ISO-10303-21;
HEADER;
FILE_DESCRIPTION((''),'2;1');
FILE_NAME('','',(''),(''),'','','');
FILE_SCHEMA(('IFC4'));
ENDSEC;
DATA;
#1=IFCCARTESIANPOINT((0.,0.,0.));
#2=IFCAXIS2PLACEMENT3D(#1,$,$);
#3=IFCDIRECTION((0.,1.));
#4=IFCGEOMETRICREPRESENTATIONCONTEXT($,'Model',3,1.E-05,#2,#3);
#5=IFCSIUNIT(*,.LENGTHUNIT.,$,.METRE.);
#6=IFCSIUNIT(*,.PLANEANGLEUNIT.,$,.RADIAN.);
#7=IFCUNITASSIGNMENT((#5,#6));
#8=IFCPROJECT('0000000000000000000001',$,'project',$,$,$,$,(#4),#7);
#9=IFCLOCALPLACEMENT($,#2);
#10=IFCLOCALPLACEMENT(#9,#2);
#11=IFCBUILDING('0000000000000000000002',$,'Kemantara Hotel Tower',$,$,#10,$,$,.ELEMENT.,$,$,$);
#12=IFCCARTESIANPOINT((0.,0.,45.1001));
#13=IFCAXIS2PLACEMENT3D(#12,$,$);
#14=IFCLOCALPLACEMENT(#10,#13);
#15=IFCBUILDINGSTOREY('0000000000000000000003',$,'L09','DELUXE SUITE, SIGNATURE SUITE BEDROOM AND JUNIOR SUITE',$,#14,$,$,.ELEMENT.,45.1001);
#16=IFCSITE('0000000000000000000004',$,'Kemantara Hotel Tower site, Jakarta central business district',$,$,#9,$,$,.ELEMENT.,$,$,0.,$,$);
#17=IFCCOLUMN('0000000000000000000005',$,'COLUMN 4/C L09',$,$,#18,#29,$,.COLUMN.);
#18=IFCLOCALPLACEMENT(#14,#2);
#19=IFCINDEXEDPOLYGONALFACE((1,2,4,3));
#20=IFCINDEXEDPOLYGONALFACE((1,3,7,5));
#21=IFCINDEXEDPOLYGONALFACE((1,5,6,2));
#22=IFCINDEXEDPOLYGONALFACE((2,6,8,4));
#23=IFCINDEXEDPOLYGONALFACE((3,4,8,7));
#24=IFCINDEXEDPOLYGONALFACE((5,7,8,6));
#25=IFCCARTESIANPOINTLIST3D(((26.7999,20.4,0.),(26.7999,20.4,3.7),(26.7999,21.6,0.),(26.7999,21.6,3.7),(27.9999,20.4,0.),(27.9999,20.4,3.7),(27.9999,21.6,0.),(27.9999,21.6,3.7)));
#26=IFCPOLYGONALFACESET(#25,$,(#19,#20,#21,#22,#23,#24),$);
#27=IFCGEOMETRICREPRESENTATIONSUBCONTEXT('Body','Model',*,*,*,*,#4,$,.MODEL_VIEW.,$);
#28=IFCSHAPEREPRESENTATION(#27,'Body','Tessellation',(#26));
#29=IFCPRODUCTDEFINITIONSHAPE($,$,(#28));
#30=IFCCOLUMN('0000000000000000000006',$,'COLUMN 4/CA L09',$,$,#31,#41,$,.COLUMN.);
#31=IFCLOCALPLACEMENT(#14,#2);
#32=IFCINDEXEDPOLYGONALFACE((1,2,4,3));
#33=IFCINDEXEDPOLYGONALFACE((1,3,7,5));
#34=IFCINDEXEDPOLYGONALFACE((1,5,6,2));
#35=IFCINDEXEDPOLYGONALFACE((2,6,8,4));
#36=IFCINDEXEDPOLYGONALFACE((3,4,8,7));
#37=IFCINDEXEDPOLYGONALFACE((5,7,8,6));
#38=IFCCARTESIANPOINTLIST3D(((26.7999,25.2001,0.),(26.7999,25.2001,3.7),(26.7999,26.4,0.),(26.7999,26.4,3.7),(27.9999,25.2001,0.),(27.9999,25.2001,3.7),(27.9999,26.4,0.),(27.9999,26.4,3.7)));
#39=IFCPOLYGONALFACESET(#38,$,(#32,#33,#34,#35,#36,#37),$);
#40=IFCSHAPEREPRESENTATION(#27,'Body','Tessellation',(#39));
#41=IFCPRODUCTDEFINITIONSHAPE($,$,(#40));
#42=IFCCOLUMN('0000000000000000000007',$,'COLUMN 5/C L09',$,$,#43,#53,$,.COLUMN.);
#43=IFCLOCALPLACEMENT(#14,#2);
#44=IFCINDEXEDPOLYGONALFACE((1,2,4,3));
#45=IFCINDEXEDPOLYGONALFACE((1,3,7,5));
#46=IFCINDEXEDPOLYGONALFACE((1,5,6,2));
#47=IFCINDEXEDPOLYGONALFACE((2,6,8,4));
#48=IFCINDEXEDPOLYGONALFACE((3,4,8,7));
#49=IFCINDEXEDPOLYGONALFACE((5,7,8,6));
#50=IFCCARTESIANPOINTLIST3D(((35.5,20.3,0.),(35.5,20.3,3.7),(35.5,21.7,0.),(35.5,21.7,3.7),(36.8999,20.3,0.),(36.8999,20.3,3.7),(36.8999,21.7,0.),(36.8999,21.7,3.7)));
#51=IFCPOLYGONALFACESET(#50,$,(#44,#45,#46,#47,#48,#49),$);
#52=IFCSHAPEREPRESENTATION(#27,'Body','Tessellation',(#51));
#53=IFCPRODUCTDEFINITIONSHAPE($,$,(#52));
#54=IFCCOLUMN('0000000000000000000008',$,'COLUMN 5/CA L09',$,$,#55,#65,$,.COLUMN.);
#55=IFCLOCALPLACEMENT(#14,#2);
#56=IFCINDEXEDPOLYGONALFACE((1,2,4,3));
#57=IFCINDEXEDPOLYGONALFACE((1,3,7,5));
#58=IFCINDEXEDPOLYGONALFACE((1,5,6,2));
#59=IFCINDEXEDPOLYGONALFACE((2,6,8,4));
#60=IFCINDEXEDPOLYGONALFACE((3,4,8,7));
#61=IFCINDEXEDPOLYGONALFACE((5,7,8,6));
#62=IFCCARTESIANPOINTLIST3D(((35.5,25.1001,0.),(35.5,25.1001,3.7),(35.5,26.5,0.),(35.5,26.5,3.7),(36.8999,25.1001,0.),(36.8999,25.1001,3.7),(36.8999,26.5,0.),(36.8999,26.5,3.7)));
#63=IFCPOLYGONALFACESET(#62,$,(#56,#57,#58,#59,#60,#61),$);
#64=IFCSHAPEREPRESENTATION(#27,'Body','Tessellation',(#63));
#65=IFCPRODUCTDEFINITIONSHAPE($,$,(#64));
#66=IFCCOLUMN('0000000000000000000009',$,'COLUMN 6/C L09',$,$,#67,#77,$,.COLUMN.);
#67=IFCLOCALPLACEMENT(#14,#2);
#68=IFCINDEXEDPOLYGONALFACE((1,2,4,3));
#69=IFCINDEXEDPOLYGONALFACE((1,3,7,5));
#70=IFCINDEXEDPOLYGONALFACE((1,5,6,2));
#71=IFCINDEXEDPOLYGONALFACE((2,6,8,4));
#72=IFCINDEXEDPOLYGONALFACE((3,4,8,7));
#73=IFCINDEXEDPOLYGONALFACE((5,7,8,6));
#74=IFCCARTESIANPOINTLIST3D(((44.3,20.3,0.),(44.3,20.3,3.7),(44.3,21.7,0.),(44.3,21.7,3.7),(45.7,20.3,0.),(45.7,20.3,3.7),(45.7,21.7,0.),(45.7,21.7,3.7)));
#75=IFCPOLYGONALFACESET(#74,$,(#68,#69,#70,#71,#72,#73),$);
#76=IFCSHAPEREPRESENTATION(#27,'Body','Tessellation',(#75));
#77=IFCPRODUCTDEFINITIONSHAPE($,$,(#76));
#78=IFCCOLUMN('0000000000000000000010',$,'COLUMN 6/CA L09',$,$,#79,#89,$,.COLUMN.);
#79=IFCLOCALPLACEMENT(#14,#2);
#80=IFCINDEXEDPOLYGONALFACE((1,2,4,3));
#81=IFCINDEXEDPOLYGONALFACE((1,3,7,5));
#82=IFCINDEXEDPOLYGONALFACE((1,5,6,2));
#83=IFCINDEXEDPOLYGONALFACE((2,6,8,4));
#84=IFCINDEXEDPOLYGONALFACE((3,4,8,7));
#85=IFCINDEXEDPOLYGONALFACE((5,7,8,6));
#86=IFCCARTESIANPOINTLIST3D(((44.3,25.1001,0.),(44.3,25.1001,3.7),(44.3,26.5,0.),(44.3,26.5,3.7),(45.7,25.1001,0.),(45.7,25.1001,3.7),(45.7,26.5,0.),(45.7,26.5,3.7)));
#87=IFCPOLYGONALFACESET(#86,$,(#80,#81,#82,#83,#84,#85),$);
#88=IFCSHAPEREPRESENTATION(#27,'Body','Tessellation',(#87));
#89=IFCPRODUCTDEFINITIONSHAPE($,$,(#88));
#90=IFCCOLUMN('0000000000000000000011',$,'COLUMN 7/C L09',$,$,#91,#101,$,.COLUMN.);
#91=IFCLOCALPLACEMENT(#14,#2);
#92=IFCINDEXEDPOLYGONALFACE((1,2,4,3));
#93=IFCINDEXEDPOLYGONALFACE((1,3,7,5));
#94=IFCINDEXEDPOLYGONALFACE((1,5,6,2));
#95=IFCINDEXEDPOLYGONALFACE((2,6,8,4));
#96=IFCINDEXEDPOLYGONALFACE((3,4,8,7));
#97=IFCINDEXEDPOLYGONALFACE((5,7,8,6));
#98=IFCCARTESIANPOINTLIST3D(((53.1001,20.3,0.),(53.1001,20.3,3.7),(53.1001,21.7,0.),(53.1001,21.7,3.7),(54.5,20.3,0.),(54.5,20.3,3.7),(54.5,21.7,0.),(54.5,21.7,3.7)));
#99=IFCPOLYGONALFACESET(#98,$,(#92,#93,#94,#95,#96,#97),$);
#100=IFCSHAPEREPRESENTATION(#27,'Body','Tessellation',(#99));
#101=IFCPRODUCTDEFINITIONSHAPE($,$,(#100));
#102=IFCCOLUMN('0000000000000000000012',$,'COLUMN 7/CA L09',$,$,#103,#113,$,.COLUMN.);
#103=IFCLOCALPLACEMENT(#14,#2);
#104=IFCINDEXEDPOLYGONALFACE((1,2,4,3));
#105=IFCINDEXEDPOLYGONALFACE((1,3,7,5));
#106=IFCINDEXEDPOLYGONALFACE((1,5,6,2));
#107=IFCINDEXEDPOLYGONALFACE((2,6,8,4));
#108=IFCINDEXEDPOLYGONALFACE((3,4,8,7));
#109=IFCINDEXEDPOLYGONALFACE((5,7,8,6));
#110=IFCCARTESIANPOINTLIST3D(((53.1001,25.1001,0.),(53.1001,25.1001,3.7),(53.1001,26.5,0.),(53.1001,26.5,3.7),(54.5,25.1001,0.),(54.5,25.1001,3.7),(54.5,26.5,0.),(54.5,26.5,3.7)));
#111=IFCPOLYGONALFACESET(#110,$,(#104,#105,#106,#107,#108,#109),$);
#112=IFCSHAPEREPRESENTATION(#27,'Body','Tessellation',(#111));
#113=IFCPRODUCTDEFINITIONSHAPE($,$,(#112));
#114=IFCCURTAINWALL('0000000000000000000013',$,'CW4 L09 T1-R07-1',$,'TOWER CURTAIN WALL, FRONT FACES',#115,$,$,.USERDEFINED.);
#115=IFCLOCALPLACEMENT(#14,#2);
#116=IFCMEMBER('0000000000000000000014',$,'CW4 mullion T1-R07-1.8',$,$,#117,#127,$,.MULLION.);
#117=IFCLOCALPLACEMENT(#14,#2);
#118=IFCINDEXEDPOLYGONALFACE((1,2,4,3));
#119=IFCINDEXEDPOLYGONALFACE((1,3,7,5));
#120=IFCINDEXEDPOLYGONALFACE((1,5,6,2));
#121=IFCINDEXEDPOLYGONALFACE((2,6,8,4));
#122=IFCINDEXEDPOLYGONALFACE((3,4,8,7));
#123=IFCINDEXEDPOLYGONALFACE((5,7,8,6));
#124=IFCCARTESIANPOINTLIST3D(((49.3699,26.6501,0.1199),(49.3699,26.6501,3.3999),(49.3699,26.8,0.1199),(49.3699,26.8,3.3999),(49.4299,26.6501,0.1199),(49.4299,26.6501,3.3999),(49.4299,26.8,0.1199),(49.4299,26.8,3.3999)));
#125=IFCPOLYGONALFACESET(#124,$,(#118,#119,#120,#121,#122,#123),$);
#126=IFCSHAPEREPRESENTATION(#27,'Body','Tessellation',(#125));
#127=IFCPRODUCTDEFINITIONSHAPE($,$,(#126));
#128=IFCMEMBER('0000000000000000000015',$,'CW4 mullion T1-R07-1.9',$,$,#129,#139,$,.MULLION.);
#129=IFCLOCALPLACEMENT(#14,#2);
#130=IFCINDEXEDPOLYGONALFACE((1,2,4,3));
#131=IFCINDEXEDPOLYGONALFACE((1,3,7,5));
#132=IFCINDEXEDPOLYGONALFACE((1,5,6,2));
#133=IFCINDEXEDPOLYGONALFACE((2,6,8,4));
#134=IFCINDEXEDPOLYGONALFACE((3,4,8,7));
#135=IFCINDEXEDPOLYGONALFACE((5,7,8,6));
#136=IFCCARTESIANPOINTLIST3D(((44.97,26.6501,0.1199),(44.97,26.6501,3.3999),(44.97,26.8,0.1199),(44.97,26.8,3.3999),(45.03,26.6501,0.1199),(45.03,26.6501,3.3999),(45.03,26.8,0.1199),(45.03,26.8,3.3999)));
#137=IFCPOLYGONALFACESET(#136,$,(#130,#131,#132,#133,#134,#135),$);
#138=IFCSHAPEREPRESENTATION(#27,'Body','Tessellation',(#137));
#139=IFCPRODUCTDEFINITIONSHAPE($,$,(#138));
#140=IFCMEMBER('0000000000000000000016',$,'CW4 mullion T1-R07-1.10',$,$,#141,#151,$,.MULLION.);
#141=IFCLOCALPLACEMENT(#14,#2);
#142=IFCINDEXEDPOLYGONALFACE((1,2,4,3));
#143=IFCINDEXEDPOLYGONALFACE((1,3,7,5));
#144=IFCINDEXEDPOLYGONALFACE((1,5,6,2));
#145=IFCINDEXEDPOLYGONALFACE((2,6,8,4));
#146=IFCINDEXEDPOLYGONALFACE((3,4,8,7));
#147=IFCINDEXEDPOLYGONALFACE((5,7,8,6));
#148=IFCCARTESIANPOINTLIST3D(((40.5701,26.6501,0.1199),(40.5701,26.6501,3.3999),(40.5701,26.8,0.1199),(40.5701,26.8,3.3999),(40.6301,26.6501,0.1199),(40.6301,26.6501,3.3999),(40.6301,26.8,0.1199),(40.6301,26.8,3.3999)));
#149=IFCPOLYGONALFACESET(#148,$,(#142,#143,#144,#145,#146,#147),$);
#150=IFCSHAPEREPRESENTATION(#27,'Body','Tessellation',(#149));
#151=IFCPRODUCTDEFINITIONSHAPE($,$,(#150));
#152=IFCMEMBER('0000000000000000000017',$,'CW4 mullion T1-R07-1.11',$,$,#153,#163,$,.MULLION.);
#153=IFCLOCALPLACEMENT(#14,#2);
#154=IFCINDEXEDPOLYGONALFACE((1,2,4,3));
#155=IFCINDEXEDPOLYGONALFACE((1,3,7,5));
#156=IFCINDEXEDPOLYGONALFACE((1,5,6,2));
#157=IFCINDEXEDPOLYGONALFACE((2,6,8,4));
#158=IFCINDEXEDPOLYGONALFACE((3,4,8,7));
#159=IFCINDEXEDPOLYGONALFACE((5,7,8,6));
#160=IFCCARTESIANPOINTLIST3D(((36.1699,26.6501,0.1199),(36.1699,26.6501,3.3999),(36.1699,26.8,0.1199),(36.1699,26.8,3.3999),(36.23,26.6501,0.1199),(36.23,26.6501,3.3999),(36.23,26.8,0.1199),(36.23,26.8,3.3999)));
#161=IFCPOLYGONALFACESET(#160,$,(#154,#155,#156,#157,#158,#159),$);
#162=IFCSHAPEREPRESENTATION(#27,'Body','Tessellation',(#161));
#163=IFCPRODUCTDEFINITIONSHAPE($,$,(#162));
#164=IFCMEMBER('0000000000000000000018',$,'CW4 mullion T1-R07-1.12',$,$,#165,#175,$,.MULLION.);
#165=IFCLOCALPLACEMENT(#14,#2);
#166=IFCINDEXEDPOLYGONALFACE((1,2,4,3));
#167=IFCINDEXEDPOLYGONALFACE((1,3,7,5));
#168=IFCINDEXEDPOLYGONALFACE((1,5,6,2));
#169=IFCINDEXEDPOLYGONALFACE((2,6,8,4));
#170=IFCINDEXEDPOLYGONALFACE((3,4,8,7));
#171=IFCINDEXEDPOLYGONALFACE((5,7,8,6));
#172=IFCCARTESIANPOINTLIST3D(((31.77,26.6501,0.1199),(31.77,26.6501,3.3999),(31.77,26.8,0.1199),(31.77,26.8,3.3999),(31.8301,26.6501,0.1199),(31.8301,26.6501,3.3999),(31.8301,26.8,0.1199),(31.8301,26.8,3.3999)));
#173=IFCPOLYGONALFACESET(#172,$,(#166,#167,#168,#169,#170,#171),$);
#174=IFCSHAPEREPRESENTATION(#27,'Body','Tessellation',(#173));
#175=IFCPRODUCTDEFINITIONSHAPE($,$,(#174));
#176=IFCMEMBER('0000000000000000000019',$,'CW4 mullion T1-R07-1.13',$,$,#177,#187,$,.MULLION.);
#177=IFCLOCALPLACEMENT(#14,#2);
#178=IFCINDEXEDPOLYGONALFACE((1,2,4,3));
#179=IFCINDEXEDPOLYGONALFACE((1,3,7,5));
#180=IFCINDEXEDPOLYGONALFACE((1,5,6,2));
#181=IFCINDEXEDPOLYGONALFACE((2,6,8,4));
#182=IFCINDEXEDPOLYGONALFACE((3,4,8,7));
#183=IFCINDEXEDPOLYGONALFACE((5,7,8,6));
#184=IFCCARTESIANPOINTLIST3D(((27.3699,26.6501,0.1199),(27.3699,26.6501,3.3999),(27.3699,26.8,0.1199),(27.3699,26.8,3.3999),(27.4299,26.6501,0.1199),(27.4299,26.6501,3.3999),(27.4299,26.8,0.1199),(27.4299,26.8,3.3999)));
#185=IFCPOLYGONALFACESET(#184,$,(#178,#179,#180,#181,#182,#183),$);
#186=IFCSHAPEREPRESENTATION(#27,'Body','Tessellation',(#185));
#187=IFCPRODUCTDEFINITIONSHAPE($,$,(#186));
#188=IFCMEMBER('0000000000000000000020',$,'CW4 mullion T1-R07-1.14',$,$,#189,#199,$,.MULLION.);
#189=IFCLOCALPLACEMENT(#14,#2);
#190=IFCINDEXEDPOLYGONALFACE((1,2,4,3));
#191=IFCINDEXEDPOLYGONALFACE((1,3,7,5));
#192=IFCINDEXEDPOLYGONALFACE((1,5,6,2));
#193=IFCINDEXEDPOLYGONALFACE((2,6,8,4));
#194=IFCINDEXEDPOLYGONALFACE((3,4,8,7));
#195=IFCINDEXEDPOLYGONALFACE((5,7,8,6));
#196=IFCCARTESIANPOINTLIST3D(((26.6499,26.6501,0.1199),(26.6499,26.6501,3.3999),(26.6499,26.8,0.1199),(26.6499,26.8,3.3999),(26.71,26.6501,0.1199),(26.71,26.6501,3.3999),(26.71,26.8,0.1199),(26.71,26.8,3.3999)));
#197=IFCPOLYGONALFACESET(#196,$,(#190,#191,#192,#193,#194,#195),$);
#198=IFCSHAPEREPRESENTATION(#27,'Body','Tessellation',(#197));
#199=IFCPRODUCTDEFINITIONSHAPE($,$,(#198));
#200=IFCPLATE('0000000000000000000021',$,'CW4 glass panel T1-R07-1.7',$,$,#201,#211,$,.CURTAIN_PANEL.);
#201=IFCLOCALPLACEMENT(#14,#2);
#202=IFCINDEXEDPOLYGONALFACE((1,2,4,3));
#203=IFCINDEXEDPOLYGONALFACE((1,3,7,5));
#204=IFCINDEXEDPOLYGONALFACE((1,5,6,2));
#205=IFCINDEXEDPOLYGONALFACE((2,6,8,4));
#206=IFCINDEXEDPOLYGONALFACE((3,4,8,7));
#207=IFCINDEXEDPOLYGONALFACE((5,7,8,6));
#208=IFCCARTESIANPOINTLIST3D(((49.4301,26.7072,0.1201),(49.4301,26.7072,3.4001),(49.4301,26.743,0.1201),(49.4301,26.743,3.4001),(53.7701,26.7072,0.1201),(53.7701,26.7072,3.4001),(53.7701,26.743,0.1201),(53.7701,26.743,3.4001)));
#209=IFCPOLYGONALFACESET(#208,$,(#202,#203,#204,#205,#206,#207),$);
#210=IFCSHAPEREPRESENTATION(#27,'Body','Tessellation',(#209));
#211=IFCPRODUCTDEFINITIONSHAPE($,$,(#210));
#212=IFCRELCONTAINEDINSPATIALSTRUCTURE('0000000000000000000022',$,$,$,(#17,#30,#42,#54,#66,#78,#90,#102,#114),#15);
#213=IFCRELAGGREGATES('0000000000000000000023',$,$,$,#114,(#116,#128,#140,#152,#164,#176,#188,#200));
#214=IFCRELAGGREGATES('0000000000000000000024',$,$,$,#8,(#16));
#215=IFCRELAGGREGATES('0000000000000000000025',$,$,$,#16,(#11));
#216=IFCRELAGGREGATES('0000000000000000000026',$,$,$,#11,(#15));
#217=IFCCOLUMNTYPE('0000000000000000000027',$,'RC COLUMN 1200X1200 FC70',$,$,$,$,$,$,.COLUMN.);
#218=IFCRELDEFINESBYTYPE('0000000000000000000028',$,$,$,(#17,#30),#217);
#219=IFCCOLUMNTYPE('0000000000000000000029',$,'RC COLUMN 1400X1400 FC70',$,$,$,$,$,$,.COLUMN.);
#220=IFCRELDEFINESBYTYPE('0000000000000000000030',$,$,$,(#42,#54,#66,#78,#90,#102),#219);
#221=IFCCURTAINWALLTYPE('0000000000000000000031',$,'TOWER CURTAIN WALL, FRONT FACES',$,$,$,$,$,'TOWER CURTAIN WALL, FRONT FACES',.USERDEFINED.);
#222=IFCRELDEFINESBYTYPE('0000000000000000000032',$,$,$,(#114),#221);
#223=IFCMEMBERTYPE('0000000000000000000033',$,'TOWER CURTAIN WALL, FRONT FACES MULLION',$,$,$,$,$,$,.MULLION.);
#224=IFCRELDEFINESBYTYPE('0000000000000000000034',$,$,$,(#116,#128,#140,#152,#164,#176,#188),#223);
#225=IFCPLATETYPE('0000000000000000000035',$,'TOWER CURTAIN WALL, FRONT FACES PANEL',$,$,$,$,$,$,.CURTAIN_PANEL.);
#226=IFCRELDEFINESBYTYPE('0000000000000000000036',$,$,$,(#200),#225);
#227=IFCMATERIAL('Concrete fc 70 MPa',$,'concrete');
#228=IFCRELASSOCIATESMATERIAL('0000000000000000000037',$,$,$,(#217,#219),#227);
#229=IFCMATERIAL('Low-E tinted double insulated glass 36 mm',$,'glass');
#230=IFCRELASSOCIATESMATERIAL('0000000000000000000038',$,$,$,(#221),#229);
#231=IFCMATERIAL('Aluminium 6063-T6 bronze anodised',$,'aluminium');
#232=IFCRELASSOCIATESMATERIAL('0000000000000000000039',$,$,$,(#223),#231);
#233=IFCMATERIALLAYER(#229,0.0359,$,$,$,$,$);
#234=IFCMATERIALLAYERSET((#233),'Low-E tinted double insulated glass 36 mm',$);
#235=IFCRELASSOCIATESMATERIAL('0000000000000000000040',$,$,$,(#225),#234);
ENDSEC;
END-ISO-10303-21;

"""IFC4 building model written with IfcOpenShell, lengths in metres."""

from ifc_helpers import new_model, si_unit, direction, frame, origin, origin_2d, place, context, subcontext, project, spatial, rectangle, extrude, source, transform, mapped, material, layer, layer_set, material_profile, profile_set, type_object, element, aggregate, save


model = new_model("IFC4")

# Units and contexts
model_context = context("Model", 3, precision=1e-05, world=origin(), true_north=direction((0.0, 1.0)))
body_context = subcontext(model_context, "Body", "Model", "MODEL_VIEW")
ifc_project = project(units=[si_unit("LENGTHUNIT", "METRE"), si_unit("PLANEANGLEUNIT", "RADIAN")], contexts=[model_context])

# Site, building, storey
site_placement = place(None, origin())
site = spatial("IfcSite", under=ifc_project, at=site_placement, Name="Kemantara Hotel Tower site, Jakarta central business district", CompositionType="ELEMENT", RefElevation=0.0)
building_placement = place(site_placement, origin())
building = spatial("IfcBuilding", under=site, at=building_placement, Name="Kemantara Hotel Tower", CompositionType="ELEMENT")
storey_placement = place(building_placement, frame((0.0, 0.0, 45.1001)))
storey = spatial("IfcBuildingStorey", under=building, at=storey_placement, Name="L09", Description="DELUXE SUITE, SIGNATURE SUITE BEDROOM AND JUNIOR SUITE", CompositionType="ELEMENT", Elevation=45.1001)

# Columns
ifc_material_1 = material(Name="Concrete fc 70 MPa", Category="concrete")
ifc_material_profile_1 = material_profile(ifc_material_1, rectangle(XDim=1.2, YDim=1.2, at=origin_2d()), Name="RC 1200X1200")
ifc_profile_set_1 = profile_set([ifc_material_profile_1], Name="Concrete fc 70 MPa")
column_type_1 = type_object("IfcColumnType", Name="RC COLUMN 1200X1200 FC70", PredefinedType="COLUMN", material=ifc_profile_set_1)
for number, where, z_axis, x_axis, name in (
    (1, (27.3999, 21.0, 0.0), (0.0, 0.0, 1.0), (1.0, 0.0, 0.0), "COLUMN 4/C L09"),
    (2, (27.3999, 25.8, 0.0), (0.0, 0.0, 1.0), (1.0, 0.0, 0.0), "COLUMN 4/CA L09"),
):
    element("IfcColumn", number, at=place(storey_placement, frame(where, z_axis=z_axis, x_axis=x_axis)), inside=storey, type_object=column_type_1, Name=name, PredefinedType="COLUMN", context=body_context, shape_type="SweptSolid", body=[
        extrude(rectangle(XDim=1.2, YDim=1.2, at=origin_2d()), origin(), (0.0, 0.0, 1.0), 3.7),
    ])
ifc_material_profile_2 = material_profile(ifc_material_1, rectangle(XDim=1.3999, YDim=1.3999, at=origin_2d()), Name="RC 1400X1400")
ifc_profile_set_2 = profile_set([ifc_material_profile_2], Name="Concrete fc 70 MPa")
column_type_2 = type_object("IfcColumnType", Name="RC COLUMN 1400X1400 FC70", PredefinedType="COLUMN", material=ifc_profile_set_2)
for number, where, z_axis, x_axis, name in (
    (3, (36.2, 21.0, 0.0), (0.0, 0.0, 1.0), (1.0, 0.0, 0.0), "COLUMN 5/C L09"),
    (4, (36.2, 25.8, 0.0), (0.0, 0.0, 1.0), (1.0, 0.0, 0.0), "COLUMN 5/CA L09"),
    (5, (45.0, 21.0, 0.0), (0.0, 0.0, 1.0), (1.0, 0.0, 0.0), "COLUMN 6/C L09"),
    (6, (45.0, 25.8, 0.0), (0.0, 0.0, 1.0), (1.0, 0.0, 0.0), "COLUMN 6/CA L09"),
    (7, (53.8, 21.0, 0.0), (0.0, 0.0, 1.0), (1.0, 0.0, 0.0), "COLUMN 7/C L09"),
    (8, (53.8, 25.8, 0.0), (0.0, 0.0, 1.0), (1.0, 0.0, 0.0), "COLUMN 7/CA L09"),
):
    element("IfcColumn", number, at=place(storey_placement, frame(where, z_axis=z_axis, x_axis=x_axis)), inside=storey, type_object=column_type_2, Name=name, PredefinedType="COLUMN", context=body_context, shape_type="SweptSolid", body=[
        extrude(rectangle(XDim=1.3999, YDim=1.3999, at=origin_2d()), origin(), (0.0, 0.0, 1.0), 3.7),
    ])

# Curtain wall, members, plate
ifc_material_2 = material(Name="Low-E tinted double insulated glass 36 mm", Category="glass")
curtain_wall_type = type_object("IfcCurtainWallType", Name="TOWER CURTAIN WALL, FRONT FACES", ElementType="TOWER CURTAIN WALL, FRONT FACES", PredefinedType="USERDEFINED", material=ifc_material_2)
curtain_wall_placement = place(storey_placement, origin())
curtain_wall = element("IfcCurtainWall", 9, at=curtain_wall_placement, inside=storey, type_object=curtain_wall_type, Name="CW4 L09 T1-R07-1", ObjectType="TOWER CURTAIN WALL, FRONT FACES", PredefinedType="USERDEFINED")
ifc_material_3 = material(Name="Aluminium 6063-T6 bronze anodised", Category="aluminium")
ifc_material_profile_3 = material_profile(ifc_material_3, rectangle(XDim=0.1499, YDim=0.0601, at=origin_2d()), Name="TOWER CURTAIN WALL, FRONT FACES MULLION")
ifc_profile_set_3 = profile_set([ifc_material_profile_3], Name="Aluminium 6063-T6 bronze anodised")
member_type = type_object("IfcMemberType", Name="TOWER CURTAIN WALL, FRONT FACES MULLION", PredefinedType="MULLION", material=ifc_profile_set_3)
shared_shape_1 = source(origin(), body_context, "Body", "SweptSolid", [
    extrude(rectangle(XDim=0.1499, YDim=0.0601, at=origin_2d()), origin(), (0.0, 0.0, 1.0), 3.28),
])
member_1_placement = place(storey_placement, frame((49.3999, 26.7251, 0.1199), z_axis=(0.0, 0.0, 1.0), x_axis=(0.0, -1.0, 0.0)))
member_1 = element("IfcMember", 10, at=member_1_placement, type_object=member_type, Name="CW4 mullion T1-R07-1.8", PredefinedType="MULLION", context=body_context, shape_type="MappedRepresentation", body=[
    mapped(shared_shape_1, transform((0.0, 0.0, 0.0))),
])
member_2_placement = place(storey_placement, frame((45.0, 26.7251, 0.1199), z_axis=(0.0, 0.0, 1.0), x_axis=(0.0, -1.0, 0.0)))
member_2 = element("IfcMember", 11, at=member_2_placement, type_object=member_type, Name="CW4 mullion T1-R07-1.9", PredefinedType="MULLION", context=body_context, shape_type="MappedRepresentation", body=[
    mapped(shared_shape_1, transform((0.0, 0.0, 0.0))),
])
member_3_placement = place(storey_placement, frame((40.6001, 26.7251, 0.1199), z_axis=(0.0, 0.0, 1.0), x_axis=(0.0, -1.0, 0.0)))
member_3 = element("IfcMember", 12, at=member_3_placement, type_object=member_type, Name="CW4 mullion T1-R07-1.10", PredefinedType="MULLION", context=body_context, shape_type="MappedRepresentation", body=[
    mapped(shared_shape_1, transform((0.0, 0.0, 0.0))),
])
member_4_placement = place(storey_placement, frame((36.2, 26.7251, 0.1199), z_axis=(0.0, 0.0, 1.0), x_axis=(0.0, -1.0, 0.0)))
member_4 = element("IfcMember", 13, at=member_4_placement, type_object=member_type, Name="CW4 mullion T1-R07-1.11", PredefinedType="MULLION", context=body_context, shape_type="MappedRepresentation", body=[
    mapped(shared_shape_1, transform((0.0, 0.0, 0.0))),
])
member_5_placement = place(storey_placement, frame((31.8, 26.7251, 0.1199), z_axis=(0.0, 0.0, 1.0), x_axis=(0.0, -1.0, 0.0)))
member_5 = element("IfcMember", 14, at=member_5_placement, type_object=member_type, Name="CW4 mullion T1-R07-1.12", PredefinedType="MULLION", context=body_context, shape_type="MappedRepresentation", body=[
    mapped(shared_shape_1, transform((0.0, 0.0, 0.0))),
])
member_6_placement = place(storey_placement, frame((27.3999, 26.7251, 0.1199), z_axis=(0.0, 0.0, 1.0), x_axis=(0.0, -1.0, 0.0)))
member_6 = element("IfcMember", 15, at=member_6_placement, type_object=member_type, Name="CW4 mullion T1-R07-1.13", PredefinedType="MULLION", context=body_context, shape_type="MappedRepresentation", body=[
    mapped(shared_shape_1, transform((0.0, 0.0, 0.0))),
])
member_7_placement = place(storey_placement, frame((26.6799, 26.7251, 0.1199), z_axis=(0.0, 0.0, 1.0), x_axis=(0.0, -1.0, 0.0)))
member_7 = element("IfcMember", 16, at=member_7_placement, type_object=member_type, Name="CW4 mullion T1-R07-1.14", PredefinedType="MULLION", context=body_context, shape_type="MappedRepresentation", body=[
    mapped(shared_shape_1, transform((0.0, 0.0, 0.0))),
])
ifc_layer_1 = layer(ifc_material_2, 0.0359)
ifc_layer_set_1 = layer_set([ifc_layer_1], Name="Low-E tinted double insulated glass 36 mm")
plate_type = type_object("IfcPlateType", Name="TOWER CURTAIN WALL, FRONT FACES PANEL", PredefinedType="CURTAIN_PANEL", material=ifc_layer_set_1)
shared_shape_2 = source(origin(), body_context, "Body", "SweptSolid", [
    extrude(rectangle(XDim=4.3401, YDim=0.0359, at=origin_2d()), origin(), (0.0, 0.0, 1.0), 3.28),
])
plate_1_placement = place(storey_placement, frame((51.6001, 26.7251, 0.1201), z_axis=(0.0, 0.0, 1.0), x_axis=(-1.0, 0.0, 0.0)))
plate_1 = element("IfcPlate", 17, at=plate_1_placement, type_object=plate_type, Name="CW4 glass panel T1-R07-1.7", PredefinedType="CURTAIN_PANEL", context=body_context, shape_type="MappedRepresentation", body=[
    mapped(shared_shape_2, transform((0.0, 0.0, 0.0))),
])
aggregate(curtain_wall, [member_1, member_2, member_3, member_4, member_5, member_6, member_7, plate_1])

save(model, "model.ifc")
